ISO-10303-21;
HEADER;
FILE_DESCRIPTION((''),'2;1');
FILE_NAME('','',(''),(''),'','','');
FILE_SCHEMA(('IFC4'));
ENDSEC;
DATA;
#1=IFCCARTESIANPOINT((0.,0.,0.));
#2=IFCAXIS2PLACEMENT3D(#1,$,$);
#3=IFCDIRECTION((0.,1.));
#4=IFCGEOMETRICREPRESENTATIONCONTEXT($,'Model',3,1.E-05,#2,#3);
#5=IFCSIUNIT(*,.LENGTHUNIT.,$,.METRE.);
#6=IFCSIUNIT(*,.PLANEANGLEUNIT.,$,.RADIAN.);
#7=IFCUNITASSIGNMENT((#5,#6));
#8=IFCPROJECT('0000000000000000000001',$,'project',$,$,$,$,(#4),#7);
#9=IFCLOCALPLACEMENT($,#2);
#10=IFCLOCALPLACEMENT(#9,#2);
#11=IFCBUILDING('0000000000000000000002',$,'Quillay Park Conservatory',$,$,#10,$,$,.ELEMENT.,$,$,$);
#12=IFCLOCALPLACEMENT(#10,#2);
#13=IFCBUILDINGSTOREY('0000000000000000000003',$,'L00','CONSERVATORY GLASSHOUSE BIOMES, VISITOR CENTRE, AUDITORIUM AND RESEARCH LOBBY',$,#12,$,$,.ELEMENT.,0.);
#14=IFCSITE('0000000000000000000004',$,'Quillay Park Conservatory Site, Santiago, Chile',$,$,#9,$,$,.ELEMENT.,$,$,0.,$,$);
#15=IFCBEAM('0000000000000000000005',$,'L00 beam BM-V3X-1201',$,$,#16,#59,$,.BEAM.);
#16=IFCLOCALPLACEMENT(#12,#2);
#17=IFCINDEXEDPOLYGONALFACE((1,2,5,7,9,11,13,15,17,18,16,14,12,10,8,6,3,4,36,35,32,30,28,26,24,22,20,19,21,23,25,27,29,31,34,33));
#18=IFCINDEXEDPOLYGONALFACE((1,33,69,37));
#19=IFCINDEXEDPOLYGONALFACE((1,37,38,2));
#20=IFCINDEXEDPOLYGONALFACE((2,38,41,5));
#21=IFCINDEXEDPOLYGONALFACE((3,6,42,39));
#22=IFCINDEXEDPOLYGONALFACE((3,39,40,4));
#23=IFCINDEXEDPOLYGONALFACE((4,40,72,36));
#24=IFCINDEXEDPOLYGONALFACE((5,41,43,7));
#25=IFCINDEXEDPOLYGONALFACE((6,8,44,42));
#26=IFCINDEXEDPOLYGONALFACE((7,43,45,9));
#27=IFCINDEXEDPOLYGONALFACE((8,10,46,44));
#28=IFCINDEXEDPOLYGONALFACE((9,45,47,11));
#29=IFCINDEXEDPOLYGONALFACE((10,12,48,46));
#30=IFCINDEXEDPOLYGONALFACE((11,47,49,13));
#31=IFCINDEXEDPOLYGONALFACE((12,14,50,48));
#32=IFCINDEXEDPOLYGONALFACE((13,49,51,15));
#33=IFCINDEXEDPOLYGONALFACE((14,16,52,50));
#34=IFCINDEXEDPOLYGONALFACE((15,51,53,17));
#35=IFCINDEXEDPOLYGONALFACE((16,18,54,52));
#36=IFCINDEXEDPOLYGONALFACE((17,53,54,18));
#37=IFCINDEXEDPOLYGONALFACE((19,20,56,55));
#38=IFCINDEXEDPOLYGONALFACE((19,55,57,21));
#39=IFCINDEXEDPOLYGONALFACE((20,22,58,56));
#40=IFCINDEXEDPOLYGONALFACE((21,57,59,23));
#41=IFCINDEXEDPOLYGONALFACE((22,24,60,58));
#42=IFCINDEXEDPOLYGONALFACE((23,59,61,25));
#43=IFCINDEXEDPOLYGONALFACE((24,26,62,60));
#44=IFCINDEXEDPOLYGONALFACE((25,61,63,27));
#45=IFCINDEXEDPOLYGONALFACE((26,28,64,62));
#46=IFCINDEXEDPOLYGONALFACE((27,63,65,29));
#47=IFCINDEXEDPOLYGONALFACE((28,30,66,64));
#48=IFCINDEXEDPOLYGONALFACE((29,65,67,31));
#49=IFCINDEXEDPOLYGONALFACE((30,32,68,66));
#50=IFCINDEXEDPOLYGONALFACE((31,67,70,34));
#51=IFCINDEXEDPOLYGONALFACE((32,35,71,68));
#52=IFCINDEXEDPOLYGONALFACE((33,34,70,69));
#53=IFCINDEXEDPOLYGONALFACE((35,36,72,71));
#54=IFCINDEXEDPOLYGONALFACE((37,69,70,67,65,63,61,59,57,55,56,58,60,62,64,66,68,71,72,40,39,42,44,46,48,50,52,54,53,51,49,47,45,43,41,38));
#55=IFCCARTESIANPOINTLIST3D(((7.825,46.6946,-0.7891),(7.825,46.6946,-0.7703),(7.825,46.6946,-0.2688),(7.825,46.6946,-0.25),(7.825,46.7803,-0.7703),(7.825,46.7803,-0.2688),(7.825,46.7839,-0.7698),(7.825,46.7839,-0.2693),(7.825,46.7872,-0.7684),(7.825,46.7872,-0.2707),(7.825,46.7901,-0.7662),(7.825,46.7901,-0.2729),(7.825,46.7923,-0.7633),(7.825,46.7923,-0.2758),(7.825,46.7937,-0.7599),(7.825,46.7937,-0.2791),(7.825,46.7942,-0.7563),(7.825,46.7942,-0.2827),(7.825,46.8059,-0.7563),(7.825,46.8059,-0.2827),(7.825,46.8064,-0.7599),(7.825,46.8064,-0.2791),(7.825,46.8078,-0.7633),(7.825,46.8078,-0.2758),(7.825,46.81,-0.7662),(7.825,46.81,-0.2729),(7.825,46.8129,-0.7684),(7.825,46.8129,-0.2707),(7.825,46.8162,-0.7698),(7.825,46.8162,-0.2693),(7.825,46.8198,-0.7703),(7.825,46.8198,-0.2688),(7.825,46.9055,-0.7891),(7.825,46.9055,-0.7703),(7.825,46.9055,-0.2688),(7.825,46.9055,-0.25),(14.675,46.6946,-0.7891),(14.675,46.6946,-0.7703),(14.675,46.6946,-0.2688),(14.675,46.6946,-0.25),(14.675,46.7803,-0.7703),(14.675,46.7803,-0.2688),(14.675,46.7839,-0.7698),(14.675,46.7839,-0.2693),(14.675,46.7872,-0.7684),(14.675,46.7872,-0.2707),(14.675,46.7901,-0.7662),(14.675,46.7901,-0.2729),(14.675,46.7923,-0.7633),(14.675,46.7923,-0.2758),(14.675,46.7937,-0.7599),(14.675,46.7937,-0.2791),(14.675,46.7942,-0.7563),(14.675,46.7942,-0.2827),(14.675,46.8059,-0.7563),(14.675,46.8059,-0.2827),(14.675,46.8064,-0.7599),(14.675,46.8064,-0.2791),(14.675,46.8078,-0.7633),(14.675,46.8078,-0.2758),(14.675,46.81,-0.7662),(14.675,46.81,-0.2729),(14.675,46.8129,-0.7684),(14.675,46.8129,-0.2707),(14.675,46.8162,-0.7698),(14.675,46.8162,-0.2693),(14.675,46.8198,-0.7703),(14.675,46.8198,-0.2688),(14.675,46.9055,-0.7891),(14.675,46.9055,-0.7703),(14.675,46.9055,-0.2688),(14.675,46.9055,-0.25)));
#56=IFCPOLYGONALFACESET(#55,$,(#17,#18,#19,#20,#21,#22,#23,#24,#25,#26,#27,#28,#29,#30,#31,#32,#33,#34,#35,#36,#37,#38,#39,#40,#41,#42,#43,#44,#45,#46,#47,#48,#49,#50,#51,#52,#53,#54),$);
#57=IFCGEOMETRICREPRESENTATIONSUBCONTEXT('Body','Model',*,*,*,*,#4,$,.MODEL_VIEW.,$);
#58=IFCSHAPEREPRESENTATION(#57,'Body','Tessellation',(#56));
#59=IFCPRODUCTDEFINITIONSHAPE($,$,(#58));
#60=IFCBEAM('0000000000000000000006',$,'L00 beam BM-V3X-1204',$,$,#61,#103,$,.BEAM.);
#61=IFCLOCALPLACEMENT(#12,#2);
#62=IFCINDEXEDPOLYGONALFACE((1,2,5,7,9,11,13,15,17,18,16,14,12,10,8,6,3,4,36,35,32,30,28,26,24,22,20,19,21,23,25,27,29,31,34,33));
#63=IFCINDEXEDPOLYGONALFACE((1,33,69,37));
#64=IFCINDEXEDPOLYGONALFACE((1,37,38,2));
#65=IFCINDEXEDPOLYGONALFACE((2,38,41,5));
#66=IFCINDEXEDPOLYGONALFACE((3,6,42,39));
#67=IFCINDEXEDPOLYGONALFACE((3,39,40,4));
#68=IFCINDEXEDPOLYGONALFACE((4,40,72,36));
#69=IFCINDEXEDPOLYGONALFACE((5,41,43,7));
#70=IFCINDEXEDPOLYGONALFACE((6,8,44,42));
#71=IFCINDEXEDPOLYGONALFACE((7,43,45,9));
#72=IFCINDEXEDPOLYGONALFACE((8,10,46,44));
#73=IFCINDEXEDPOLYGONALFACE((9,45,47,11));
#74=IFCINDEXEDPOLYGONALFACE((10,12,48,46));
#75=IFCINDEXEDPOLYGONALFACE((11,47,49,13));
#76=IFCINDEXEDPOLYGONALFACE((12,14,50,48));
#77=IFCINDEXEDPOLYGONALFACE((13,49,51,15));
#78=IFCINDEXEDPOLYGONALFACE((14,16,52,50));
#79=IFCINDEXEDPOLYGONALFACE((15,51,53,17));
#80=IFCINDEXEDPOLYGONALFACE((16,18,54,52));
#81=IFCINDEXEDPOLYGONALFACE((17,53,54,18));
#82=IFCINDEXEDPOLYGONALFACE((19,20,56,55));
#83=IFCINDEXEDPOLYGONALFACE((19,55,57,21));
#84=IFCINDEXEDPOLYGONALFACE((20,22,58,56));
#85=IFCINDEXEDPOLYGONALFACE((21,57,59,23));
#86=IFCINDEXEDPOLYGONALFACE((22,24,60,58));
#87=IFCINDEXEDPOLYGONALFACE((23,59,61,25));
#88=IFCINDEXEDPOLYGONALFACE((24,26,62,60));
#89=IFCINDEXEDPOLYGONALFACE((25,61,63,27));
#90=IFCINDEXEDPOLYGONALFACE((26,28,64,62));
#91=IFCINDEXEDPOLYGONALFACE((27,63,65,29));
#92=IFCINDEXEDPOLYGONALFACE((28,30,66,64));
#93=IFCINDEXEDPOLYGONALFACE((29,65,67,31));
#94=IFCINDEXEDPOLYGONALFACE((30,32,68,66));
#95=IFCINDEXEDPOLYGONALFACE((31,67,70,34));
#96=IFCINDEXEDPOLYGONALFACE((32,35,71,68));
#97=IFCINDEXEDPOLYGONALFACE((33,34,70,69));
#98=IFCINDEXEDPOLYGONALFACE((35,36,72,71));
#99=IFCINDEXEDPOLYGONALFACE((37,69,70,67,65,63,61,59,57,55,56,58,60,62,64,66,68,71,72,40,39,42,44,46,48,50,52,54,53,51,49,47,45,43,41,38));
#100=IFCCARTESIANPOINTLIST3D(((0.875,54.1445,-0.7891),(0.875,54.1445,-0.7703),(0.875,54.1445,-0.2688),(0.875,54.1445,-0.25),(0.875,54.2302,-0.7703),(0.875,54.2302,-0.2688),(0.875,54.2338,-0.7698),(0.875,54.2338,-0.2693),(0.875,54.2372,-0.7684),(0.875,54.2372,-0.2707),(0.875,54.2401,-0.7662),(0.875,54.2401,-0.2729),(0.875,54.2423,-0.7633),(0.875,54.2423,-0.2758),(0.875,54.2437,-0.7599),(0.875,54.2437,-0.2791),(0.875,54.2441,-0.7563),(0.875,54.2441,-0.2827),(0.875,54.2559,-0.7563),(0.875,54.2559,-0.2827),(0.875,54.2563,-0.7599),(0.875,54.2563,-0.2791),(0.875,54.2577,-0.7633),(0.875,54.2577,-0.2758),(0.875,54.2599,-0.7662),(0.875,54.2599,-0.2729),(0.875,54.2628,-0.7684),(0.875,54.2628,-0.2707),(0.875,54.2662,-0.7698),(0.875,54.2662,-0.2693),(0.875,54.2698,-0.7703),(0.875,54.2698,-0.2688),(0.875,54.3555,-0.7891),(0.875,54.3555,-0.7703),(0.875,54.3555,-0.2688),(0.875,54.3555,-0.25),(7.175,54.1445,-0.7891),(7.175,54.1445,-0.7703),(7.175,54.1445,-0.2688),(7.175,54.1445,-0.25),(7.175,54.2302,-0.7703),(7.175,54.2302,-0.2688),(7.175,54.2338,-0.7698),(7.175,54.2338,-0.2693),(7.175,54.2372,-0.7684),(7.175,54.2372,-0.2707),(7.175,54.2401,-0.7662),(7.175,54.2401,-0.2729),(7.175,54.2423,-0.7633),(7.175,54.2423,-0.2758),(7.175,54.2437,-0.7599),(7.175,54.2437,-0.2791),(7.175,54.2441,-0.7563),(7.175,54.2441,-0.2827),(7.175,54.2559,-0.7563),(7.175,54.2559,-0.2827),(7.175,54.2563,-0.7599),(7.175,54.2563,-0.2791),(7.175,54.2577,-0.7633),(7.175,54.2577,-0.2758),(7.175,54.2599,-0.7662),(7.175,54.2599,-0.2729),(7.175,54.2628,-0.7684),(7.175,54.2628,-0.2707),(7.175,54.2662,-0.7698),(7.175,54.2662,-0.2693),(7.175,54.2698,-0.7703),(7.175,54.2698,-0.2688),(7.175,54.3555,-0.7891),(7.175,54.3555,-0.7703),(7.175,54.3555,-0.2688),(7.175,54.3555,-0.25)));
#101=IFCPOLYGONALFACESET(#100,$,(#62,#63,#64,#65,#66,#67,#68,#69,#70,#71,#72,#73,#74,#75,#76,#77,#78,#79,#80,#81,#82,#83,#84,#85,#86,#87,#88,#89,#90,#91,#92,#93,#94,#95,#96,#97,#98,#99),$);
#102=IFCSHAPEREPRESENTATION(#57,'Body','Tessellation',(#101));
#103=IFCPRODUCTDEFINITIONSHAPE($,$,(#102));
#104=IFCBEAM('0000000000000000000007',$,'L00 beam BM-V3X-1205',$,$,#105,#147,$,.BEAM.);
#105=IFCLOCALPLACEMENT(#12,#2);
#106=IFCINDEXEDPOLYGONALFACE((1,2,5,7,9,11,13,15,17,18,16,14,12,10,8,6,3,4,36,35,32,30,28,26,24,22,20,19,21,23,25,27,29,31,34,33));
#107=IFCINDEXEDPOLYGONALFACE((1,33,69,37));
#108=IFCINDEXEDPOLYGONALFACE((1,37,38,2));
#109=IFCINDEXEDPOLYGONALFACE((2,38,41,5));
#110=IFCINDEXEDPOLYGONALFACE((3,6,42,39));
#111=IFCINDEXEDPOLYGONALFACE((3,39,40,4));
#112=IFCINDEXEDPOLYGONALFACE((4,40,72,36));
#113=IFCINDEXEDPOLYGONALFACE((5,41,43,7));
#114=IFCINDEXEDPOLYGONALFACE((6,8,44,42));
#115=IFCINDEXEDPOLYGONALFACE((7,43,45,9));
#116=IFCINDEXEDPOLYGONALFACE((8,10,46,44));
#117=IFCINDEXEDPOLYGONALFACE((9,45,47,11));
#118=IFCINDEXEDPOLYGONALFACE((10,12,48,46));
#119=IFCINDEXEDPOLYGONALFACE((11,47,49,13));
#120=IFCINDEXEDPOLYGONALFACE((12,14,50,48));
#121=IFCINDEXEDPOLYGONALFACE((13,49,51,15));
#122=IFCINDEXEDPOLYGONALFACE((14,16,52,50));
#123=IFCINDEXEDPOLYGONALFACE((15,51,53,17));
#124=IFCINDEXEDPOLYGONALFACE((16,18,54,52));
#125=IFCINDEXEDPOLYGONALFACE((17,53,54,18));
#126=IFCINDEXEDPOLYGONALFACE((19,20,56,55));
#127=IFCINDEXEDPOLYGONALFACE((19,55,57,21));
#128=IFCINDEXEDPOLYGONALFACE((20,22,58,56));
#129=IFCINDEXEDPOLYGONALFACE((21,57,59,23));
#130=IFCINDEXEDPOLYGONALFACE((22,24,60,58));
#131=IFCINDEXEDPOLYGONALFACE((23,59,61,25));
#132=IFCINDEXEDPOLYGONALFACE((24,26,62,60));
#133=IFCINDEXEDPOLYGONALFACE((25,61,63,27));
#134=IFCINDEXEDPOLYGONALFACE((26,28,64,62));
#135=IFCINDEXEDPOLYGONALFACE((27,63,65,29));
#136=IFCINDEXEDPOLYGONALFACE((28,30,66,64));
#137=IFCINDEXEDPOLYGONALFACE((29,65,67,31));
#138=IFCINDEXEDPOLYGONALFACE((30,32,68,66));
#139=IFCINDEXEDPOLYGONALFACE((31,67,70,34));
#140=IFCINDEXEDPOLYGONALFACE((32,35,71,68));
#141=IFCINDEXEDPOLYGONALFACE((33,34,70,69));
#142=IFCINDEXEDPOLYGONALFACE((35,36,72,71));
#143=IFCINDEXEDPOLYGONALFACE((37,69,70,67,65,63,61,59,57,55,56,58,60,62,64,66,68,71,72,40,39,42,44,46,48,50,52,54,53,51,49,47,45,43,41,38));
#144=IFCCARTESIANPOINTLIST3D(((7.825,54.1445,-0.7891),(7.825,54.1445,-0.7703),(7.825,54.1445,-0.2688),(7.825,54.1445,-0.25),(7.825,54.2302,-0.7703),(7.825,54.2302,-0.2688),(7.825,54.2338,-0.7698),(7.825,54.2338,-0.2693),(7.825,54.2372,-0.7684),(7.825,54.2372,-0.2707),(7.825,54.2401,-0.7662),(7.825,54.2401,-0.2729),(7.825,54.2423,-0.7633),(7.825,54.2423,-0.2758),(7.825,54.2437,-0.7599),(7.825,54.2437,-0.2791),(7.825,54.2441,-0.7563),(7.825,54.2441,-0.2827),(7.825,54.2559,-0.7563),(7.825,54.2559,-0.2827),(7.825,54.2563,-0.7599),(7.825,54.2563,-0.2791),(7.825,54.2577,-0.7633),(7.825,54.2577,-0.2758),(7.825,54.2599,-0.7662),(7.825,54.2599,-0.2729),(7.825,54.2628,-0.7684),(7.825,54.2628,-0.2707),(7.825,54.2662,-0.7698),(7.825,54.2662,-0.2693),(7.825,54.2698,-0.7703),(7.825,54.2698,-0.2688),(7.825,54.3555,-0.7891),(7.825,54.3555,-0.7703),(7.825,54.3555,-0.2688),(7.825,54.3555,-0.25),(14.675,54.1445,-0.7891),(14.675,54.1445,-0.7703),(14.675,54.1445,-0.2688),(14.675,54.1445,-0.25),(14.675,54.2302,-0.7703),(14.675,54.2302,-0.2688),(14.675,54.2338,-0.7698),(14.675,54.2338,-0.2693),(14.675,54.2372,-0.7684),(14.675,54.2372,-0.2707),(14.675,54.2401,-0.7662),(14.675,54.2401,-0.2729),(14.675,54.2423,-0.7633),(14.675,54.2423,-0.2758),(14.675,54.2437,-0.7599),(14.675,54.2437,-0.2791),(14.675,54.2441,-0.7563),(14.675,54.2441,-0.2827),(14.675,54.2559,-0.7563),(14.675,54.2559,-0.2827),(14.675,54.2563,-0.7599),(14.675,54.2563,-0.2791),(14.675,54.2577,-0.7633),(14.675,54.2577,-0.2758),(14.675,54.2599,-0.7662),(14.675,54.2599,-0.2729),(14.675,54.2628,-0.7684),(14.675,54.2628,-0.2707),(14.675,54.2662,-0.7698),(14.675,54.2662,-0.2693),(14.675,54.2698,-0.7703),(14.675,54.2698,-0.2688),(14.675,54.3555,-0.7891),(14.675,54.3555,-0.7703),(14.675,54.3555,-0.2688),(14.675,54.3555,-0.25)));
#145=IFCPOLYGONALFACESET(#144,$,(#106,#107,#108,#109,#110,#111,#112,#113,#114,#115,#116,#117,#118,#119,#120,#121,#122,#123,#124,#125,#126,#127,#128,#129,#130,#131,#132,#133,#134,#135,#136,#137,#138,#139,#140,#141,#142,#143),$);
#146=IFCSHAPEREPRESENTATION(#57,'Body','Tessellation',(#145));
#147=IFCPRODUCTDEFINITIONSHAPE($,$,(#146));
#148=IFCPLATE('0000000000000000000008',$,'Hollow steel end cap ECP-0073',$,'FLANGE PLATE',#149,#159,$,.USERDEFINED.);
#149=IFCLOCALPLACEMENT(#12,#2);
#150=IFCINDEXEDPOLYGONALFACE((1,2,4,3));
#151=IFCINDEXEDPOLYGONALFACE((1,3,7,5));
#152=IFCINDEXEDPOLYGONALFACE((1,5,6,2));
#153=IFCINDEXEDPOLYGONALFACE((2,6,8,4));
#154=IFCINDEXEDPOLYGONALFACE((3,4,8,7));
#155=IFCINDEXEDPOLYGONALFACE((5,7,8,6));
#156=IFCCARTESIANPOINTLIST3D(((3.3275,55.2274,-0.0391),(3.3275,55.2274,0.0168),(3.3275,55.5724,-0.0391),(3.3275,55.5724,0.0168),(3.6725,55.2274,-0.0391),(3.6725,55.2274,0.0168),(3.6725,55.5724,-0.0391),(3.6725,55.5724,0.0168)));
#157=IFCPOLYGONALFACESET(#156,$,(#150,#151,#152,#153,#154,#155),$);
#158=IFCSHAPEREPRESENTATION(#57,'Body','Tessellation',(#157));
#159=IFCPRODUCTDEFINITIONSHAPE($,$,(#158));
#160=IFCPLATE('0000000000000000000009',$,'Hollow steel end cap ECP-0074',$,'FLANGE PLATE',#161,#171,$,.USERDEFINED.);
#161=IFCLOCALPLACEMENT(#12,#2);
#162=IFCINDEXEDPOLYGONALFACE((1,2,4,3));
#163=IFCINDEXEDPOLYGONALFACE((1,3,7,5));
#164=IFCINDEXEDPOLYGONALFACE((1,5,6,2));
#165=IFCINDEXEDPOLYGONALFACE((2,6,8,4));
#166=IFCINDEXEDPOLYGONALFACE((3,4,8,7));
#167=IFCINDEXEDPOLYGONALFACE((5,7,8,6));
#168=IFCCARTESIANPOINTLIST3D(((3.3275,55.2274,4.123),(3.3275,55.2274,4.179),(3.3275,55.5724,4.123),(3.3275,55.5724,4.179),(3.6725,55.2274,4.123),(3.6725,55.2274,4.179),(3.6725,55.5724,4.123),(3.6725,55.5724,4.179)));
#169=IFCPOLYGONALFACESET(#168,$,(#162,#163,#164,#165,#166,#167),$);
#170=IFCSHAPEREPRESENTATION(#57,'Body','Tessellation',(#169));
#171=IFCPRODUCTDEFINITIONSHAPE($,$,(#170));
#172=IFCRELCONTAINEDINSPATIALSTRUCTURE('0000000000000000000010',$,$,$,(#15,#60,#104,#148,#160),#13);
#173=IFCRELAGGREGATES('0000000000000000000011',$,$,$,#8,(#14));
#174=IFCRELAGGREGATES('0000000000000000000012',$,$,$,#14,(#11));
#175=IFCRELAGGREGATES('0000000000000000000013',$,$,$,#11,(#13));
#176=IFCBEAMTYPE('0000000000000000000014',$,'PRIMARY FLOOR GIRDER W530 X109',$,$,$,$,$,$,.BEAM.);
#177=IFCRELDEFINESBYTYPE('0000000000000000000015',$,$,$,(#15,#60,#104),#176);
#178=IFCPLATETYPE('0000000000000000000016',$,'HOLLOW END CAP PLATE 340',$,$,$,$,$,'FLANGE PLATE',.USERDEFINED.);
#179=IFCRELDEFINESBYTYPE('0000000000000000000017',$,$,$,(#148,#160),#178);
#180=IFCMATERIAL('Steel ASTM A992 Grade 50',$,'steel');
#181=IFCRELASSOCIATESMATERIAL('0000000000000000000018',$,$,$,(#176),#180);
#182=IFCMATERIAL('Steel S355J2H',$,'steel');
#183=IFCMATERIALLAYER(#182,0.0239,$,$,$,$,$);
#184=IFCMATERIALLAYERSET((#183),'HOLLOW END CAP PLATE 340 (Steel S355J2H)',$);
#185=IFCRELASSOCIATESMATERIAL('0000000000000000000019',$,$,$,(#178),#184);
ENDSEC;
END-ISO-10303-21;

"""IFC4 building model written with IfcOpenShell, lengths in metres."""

from ifc_helpers import new_model, si_unit, direction, frame, origin, origin_2d, place, context, subcontext, project, spatial, rectangle, i_section, extrude, material, layer, layer_set, material_profile, profile_set, type_object, element, save


model = new_model("IFC4")

# Units and contexts
model_context = context("Model", 3, precision=1e-05, world=origin(), true_north=direction((0.0, 1.0)))
body_context = subcontext(model_context, "Body", "Model", "MODEL_VIEW")
ifc_project = project(units=[si_unit("LENGTHUNIT", "METRE"), si_unit("PLANEANGLEUNIT", "RADIAN")], contexts=[model_context])

# Site, building, storey
site_placement = place(None, origin())
site = spatial("IfcSite", under=ifc_project, at=site_placement, Name="Quillay Park Conservatory Site, Santiago, Chile", CompositionType="ELEMENT", RefElevation=0.0)
building_placement = place(site_placement, origin())
building = spatial("IfcBuilding", under=site, at=building_placement, Name="Quillay Park Conservatory", CompositionType="ELEMENT")
storey_placement = place(building_placement, origin())
storey = spatial("IfcBuildingStorey", under=building, at=storey_placement, Name="L00", Description="CONSERVATORY GLASSHOUSE BIOMES, VISITOR CENTRE, AUDITORIUM AND RESEARCH LOBBY", CompositionType="ELEMENT", Elevation=0.0)

# Beams
ifc_material_1 = material(Name="Steel ASTM A992 Grade 50", Category="steel")
ifc_material_profile_1 = material_profile(ifc_material_1, i_section(OverallWidth=0.2109, OverallDepth=0.5391, WebThickness=0.0117, FlangeThickness=0.0188, FilletRadius=0.0139, at=origin_2d()), Name="W530x109")
ifc_profile_set_1 = profile_set([ifc_material_profile_1], Name="Steel ASTM A992 Grade 50")
beam_type_1 = type_object("IfcBeamType", Name="PRIMARY FLOOR GIRDER W530 X109", PredefinedType="BEAM", material=ifc_profile_set_1)
beam_1_placement = place(storey_placement, frame((7.825, 46.8, -0.5195), z_axis=(1.0, 0.0, 0.0), x_axis=(0.0, 1.0, 0.0)))
element("IfcBeam", 1, at=beam_1_placement, inside=storey, type_object=beam_type_1, Name="L00 beam BM-V3X-1201", PredefinedType="BEAM", context=body_context, shape_type="SweptSolid", body=[
    extrude(i_section(OverallWidth=0.2109, OverallDepth=0.5391, WebThickness=0.0117, FlangeThickness=0.0188, FilletRadius=0.0139, at=origin_2d()), origin(), (0.0, 0.0, 1.0), 6.8501),
])
beam_2_placement = place(storey_placement, frame((0.875, 54.25, -0.5195), z_axis=(1.0, 0.0, 0.0), x_axis=(0.0, 1.0, 0.0)))
element("IfcBeam", 2, at=beam_2_placement, inside=storey, type_object=beam_type_1, Name="L00 beam BM-V3X-1204", PredefinedType="BEAM", context=body_context, shape_type="SweptSolid", body=[
    extrude(i_section(OverallWidth=0.2109, OverallDepth=0.5391, WebThickness=0.0117, FlangeThickness=0.0188, FilletRadius=0.0139, at=origin_2d()), origin(), (0.0, 0.0, 1.0), 6.3),
])
beam_3_placement = place(storey_placement, frame((7.825, 54.25, -0.5195), z_axis=(1.0, 0.0, 0.0), x_axis=(0.0, 1.0, 0.0)))
element("IfcBeam", 3, at=beam_3_placement, inside=storey, type_object=beam_type_1, Name="L00 beam BM-V3X-1205", PredefinedType="BEAM", context=body_context, shape_type="SweptSolid", body=[
    extrude(i_section(OverallWidth=0.2109, OverallDepth=0.5391, WebThickness=0.0117, FlangeThickness=0.0188, FilletRadius=0.0139, at=origin_2d()), origin(), (0.0, 0.0, 1.0), 6.8501),
])

# Plates
ifc_material_2 = material(Name="Steel S355J2H", Category="steel")
ifc_layer_1 = layer(ifc_material_2, 0.0239)
ifc_layer_set_1 = layer_set([ifc_layer_1], Name="HOLLOW END CAP PLATE 340 (Steel S355J2H)")
plate_type = type_object("IfcPlateType", Name="HOLLOW END CAP PLATE 340", ElementType="FLANGE PLATE", PredefinedType="USERDEFINED", material=ifc_layer_set_1)
for number, where, z_axis, x_axis, name in (
    (4, (3.5, 55.3999, -0.0391), (0.0, 0.0, 1.0), (1.0, 0.0, 0.0), "Hollow steel end cap ECP-0073"),
    (5, (3.5, 55.3999, 4.123), (0.0, 0.0, 1.0), (1.0, 0.0, 0.0), "Hollow steel end cap ECP-0074"),
):
    element("IfcPlate", number, at=place(storey_placement, frame(where, z_axis=z_axis, x_axis=x_axis)), inside=storey, type_object=plate_type, Name=name, ObjectType="FLANGE PLATE", PredefinedType="USERDEFINED", context=body_context, shape_type="SweptSolid", body=[
        extrude(rectangle(XDim=0.345, YDim=0.345, at=origin_2d()), origin(), (0.0, 0.0, 1.0), 0.0559),
    ])

save(model, "model.ifc")
